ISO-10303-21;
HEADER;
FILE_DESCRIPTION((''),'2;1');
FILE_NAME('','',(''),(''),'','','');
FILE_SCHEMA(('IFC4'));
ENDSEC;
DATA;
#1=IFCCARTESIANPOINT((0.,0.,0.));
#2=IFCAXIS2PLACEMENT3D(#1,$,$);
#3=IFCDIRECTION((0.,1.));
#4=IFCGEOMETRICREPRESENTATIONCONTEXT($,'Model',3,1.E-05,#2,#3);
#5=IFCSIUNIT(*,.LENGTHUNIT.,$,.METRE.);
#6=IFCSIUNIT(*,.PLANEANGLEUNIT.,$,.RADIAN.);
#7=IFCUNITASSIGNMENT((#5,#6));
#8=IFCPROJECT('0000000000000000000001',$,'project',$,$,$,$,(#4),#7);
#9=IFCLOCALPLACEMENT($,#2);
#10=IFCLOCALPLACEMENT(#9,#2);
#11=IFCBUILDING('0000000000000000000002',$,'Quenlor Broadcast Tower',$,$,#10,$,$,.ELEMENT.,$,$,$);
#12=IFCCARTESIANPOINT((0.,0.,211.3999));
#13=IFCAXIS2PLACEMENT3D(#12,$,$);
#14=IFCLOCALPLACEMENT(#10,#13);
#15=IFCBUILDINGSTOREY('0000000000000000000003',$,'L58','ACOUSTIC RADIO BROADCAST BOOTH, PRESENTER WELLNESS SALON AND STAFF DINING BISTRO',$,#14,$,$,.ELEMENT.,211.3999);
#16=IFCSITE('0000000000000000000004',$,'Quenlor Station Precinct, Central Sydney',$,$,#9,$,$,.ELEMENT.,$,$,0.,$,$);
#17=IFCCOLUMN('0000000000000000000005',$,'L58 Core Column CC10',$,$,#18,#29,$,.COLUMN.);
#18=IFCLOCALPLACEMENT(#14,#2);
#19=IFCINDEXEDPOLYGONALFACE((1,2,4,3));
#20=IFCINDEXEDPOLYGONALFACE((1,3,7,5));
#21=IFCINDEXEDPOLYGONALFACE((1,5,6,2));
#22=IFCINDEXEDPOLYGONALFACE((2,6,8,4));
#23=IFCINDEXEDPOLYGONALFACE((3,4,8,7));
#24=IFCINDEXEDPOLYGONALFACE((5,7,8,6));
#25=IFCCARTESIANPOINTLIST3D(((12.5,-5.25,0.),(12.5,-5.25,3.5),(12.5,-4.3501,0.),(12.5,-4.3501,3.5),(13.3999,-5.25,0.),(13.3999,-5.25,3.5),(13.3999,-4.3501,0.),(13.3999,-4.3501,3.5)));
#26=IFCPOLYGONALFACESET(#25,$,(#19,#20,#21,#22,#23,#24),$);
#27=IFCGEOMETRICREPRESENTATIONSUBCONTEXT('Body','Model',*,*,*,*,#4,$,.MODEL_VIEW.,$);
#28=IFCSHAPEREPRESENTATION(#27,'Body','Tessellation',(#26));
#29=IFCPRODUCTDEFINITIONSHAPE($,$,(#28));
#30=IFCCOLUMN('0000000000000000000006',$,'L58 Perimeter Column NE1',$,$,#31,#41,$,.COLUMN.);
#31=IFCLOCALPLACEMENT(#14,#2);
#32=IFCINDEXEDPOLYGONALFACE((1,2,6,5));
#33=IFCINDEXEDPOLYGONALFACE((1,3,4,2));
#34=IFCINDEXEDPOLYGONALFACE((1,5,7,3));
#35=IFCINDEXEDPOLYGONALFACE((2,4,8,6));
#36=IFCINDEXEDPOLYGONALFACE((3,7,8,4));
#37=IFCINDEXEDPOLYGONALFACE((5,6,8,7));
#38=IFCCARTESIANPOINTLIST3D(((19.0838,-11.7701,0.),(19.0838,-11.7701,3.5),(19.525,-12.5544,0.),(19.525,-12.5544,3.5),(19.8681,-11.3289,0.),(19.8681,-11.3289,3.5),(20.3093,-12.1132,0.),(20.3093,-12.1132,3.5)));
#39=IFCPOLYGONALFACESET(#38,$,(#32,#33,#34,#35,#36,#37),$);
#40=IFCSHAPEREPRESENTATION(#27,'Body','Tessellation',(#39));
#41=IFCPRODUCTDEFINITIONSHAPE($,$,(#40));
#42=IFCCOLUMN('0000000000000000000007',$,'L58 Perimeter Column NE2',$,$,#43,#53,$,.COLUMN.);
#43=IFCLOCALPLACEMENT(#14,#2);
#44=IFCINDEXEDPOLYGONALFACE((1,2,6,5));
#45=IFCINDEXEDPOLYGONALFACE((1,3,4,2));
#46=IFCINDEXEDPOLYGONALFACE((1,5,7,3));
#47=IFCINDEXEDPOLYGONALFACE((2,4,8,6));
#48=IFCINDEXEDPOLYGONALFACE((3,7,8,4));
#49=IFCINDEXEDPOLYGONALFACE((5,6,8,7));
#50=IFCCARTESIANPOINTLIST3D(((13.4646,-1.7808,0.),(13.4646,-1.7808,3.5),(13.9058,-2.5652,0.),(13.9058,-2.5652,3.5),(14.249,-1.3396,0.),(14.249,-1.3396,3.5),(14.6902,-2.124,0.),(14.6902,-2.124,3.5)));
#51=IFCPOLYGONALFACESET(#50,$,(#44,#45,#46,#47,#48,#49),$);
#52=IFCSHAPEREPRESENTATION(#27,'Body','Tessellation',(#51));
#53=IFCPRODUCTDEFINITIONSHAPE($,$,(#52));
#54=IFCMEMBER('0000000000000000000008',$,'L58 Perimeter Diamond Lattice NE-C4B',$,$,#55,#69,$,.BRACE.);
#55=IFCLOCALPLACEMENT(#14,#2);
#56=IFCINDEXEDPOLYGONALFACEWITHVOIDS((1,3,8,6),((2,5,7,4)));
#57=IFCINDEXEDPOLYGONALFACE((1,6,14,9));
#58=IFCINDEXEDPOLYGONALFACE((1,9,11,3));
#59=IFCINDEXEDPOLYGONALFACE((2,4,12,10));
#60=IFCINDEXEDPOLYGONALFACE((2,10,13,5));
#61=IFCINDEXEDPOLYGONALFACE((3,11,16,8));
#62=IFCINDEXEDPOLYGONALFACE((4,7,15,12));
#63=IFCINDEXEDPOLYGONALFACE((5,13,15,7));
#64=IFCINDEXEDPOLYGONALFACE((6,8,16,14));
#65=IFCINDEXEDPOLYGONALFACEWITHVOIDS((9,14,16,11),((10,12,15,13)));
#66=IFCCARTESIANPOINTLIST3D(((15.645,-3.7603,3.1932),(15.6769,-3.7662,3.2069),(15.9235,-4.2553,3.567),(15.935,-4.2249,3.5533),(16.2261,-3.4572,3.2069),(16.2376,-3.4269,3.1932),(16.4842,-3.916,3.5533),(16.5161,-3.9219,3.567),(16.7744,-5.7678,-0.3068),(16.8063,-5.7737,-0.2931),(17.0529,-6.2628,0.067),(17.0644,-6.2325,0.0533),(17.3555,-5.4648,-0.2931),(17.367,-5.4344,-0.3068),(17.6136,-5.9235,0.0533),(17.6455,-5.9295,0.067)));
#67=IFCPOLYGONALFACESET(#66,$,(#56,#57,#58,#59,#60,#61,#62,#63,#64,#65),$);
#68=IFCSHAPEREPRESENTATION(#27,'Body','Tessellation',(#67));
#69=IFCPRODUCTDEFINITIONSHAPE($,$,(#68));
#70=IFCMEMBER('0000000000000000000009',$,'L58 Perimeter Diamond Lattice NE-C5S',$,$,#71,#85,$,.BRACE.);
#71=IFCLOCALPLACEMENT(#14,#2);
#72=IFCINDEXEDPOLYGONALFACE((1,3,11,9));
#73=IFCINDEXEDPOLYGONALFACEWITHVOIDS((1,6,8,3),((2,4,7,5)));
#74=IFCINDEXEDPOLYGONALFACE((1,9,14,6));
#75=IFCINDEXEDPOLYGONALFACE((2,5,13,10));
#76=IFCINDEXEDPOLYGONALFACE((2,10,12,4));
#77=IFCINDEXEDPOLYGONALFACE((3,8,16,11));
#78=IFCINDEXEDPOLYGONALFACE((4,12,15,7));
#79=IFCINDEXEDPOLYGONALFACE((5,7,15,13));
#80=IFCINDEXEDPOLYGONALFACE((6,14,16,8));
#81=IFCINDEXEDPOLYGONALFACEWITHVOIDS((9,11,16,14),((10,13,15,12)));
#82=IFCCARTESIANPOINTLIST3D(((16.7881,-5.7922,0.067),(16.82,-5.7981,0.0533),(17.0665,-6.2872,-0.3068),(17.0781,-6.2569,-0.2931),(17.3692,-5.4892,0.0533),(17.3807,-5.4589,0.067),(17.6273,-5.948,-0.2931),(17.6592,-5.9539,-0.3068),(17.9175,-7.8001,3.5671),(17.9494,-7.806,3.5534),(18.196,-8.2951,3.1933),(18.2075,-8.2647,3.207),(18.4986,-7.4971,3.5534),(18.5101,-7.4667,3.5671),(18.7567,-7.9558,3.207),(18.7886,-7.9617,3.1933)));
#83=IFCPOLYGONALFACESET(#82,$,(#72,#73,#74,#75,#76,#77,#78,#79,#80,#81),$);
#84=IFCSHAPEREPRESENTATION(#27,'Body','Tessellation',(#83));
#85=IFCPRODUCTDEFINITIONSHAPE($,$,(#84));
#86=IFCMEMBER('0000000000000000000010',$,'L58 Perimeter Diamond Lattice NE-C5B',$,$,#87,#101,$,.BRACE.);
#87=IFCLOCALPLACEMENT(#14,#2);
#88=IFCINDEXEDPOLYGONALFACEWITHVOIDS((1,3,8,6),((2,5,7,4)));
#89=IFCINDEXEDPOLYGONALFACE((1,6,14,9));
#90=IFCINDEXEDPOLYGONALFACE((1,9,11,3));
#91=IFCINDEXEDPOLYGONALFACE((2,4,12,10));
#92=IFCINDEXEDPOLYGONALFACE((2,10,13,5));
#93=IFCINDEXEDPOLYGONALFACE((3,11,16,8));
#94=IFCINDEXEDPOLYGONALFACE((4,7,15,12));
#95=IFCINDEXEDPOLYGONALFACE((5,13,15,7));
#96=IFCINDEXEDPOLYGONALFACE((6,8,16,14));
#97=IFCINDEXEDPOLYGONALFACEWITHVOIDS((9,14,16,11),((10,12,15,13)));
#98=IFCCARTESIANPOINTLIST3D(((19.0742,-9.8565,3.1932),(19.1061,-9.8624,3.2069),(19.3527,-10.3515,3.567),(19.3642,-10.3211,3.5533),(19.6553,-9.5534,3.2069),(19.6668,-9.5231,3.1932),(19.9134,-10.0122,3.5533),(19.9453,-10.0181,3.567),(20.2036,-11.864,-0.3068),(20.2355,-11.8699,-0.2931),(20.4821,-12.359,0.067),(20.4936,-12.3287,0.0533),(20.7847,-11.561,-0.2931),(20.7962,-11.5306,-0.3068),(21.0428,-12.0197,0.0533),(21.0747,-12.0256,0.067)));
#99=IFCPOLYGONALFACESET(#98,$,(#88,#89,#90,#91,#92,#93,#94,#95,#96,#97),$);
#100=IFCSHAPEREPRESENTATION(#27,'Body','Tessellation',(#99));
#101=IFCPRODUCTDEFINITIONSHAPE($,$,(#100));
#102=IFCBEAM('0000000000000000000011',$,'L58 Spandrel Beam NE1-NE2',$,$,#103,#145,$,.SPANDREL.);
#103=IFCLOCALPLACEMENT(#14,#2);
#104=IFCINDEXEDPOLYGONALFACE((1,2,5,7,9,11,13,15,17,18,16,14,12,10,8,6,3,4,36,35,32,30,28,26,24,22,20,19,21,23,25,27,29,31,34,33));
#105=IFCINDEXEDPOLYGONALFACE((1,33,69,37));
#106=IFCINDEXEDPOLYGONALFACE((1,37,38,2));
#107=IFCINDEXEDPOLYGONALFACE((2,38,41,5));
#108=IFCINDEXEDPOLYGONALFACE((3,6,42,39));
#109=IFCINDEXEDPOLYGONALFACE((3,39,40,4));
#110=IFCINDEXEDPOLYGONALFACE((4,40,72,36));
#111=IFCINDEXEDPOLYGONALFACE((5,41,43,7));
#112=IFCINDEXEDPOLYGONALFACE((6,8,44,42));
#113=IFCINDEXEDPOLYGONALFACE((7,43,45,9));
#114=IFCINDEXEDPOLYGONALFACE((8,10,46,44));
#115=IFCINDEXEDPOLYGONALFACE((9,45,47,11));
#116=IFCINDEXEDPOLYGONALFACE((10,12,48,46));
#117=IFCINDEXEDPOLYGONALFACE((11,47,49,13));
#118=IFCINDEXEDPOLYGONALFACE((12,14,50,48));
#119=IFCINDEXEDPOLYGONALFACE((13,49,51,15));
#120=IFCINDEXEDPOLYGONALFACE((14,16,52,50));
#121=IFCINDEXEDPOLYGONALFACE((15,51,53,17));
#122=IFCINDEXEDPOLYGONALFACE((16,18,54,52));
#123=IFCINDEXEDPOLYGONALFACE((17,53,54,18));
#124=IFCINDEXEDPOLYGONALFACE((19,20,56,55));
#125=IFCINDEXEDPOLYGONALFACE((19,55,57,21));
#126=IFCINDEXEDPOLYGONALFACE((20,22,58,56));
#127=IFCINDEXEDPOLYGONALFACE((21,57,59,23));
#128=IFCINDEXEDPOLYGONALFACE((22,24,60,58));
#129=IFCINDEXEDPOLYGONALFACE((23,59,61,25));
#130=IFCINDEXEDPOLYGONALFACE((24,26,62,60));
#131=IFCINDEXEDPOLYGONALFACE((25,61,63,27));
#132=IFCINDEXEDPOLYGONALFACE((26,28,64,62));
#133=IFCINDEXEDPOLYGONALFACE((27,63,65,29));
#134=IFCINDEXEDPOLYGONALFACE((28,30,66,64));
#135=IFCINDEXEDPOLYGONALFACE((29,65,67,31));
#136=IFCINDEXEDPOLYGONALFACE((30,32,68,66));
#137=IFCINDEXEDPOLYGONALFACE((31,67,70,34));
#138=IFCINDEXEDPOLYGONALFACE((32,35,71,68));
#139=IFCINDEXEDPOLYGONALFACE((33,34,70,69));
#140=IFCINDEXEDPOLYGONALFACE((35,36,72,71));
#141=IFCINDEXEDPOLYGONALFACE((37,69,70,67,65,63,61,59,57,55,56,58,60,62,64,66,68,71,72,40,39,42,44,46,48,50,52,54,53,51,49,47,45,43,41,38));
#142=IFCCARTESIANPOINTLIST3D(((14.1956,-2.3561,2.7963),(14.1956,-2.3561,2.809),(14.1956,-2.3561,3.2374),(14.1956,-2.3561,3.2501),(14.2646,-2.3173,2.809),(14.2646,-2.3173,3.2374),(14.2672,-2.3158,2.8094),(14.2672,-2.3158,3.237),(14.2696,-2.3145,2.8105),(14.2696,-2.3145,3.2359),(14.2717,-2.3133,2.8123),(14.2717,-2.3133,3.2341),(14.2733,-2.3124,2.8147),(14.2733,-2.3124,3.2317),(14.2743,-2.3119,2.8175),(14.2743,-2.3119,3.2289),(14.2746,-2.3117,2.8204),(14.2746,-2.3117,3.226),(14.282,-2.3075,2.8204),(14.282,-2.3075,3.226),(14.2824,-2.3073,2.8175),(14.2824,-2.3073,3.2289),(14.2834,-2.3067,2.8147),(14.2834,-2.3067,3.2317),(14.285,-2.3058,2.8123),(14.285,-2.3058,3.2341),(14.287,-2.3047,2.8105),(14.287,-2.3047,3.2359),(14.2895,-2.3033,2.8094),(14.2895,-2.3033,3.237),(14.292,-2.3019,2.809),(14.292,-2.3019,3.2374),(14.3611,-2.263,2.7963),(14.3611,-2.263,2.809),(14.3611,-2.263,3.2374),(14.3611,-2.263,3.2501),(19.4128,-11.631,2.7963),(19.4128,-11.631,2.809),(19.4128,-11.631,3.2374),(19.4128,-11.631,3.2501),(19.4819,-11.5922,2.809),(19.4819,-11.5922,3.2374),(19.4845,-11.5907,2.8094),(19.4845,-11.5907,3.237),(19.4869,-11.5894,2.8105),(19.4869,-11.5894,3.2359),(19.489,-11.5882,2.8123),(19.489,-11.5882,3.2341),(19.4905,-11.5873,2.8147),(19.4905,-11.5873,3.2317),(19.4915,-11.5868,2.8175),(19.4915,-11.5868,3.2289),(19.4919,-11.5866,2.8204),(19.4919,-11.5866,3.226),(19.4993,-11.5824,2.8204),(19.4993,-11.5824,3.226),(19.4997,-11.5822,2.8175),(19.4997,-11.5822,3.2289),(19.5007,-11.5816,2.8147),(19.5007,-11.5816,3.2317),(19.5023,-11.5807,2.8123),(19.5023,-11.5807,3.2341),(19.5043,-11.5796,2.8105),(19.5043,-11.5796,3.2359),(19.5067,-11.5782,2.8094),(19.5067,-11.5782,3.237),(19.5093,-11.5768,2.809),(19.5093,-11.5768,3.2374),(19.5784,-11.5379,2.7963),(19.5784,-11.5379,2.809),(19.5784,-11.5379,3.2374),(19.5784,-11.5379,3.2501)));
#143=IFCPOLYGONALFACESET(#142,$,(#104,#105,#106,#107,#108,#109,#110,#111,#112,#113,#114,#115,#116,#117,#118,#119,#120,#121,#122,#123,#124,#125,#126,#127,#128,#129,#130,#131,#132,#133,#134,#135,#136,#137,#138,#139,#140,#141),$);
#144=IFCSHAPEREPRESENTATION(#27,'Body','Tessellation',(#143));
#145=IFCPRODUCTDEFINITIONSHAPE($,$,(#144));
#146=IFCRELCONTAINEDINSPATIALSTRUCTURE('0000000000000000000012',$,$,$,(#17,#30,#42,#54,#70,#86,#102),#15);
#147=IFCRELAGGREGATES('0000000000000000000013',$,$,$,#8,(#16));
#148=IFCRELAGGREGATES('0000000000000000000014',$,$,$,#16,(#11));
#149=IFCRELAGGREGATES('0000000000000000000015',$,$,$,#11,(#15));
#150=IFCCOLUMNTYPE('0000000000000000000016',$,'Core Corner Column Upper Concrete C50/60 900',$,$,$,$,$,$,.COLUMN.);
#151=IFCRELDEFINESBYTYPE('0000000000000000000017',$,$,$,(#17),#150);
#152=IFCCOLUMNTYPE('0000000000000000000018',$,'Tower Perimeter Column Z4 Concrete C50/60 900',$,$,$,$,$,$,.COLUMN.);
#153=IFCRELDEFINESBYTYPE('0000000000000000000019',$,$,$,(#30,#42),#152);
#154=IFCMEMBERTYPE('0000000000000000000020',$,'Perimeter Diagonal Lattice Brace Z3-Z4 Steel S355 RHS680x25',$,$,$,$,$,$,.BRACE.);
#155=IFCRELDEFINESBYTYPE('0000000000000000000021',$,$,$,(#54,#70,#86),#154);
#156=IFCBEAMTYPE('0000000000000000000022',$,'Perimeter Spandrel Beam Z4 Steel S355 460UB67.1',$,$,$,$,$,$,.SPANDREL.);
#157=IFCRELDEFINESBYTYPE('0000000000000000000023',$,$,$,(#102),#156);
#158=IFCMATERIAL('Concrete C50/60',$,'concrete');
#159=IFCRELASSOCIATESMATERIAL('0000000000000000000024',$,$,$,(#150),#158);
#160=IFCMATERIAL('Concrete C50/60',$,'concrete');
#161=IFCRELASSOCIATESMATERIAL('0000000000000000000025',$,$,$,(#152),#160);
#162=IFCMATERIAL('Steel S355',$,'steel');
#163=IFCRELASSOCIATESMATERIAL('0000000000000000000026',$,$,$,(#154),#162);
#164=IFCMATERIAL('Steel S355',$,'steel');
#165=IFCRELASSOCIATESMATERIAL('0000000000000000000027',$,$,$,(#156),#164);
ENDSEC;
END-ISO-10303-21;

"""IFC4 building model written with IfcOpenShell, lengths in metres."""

from ifc_helpers import new_model, si_unit, direction, frame, origin, origin_2d, place, context, subcontext, project, spatial, rectangle, hollow_rectangle, i_section, extrude, material, material_profile, profile_set, type_object, element, save


model = new_model("IFC4")

# Units and contexts
model_context = context("Model", 3, precision=1e-05, world=origin(), true_north=direction((0.0, 1.0)))
body_context = subcontext(model_context, "Body", "Model", "MODEL_VIEW")
ifc_project = project(units=[si_unit("LENGTHUNIT", "METRE"), si_unit("PLANEANGLEUNIT", "RADIAN")], contexts=[model_context])

# Site, building, storey
site_placement = place(None, origin())
site = spatial("IfcSite", under=ifc_project, at=site_placement, Name="Quenlor Station Precinct, Central Sydney", CompositionType="ELEMENT", RefElevation=0.0)
building_placement = place(site_placement, origin())
building = spatial("IfcBuilding", under=site, at=building_placement, Name="Quenlor Broadcast Tower", CompositionType="ELEMENT")
storey_placement = place(building_placement, frame((0.0, 0.0, 211.3999)))
storey = spatial("IfcBuildingStorey", under=building, at=storey_placement, Name="L58", Description="ACOUSTIC RADIO BROADCAST BOOTH, PRESENTER WELLNESS SALON AND STAFF DINING BISTRO", CompositionType="ELEMENT", Elevation=211.3999)

# Columns
ifc_material_1 = material(Name="Concrete C50/60", Category="concrete")
ifc_material_profile_1 = material_profile(ifc_material_1, rectangle(XDim=0.8999, YDim=0.8999, at=origin_2d()))
ifc_profile_set_1 = profile_set([ifc_material_profile_1], Name="Concrete C50/60 RC900x900")
column_type_1 = type_object("IfcColumnType", Name="Core Corner Column Upper Concrete C50/60 900", PredefinedType="COLUMN", material=ifc_profile_set_1)
column_placement = place(storey_placement, frame((12.95, -4.8, 0.0), z_axis=(0.0, 0.0, 1.0), x_axis=(1.0, 0.0, 0.0)))
element("IfcColumn", 1, at=column_placement, inside=storey, type_object=column_type_1, Name="L58 Core Column CC10", PredefinedType="COLUMN", context=body_context, shape_type="SweptSolid", body=[
    extrude(rectangle(XDim=0.8999, YDim=0.8999, at=origin_2d()), origin(), (0.0, 0.0, 1.0), 3.5),
])
ifc_material_2 = material(Name="Concrete C50/60", Category="concrete")
ifc_material_profile_2 = material_profile(ifc_material_2, rectangle(XDim=0.8999, YDim=0.8999, at=origin_2d()))
ifc_profile_set_2 = profile_set([ifc_material_profile_2], Name="Concrete C50/60 RC900x900")
column_type_2 = type_object("IfcColumnType", Name="Tower Perimeter Column Z4 Concrete C50/60 900", PredefinedType="COLUMN", material=ifc_profile_set_2)
for number, where, z_axis, x_axis, name in (
    (2, (19.6965, -11.9417, 0.0), (0.0, 0.0, 1.0), (0.871575, 0.490262, 0.0), "L58 Perimeter Column NE1"),
    (3, (14.0774, -1.9524, 0.0), (0.0, 0.0, 1.0), (0.871575, 0.490262, 0.0), "L58 Perimeter Column NE2"),
):
    element("IfcColumn", number, at=place(storey_placement, frame(where, z_axis=z_axis, x_axis=x_axis)), inside=storey, type_object=column_type_2, Name=name, PredefinedType="COLUMN", context=body_context, shape_type="SweptSolid", body=[
        extrude(rectangle(XDim=0.8999, YDim=0.8999, at=origin_2d()), origin(), (0.0, 0.0, 1.0), 3.5),
    ])

# Members
ifc_material_3 = material(Name="Steel S355", Category="steel")
ifc_material_profile_3 = material_profile(ifc_material_3, hollow_rectangle(XDim=0.6799, YDim=0.6799, WallThickness=0.0249, at=origin_2d()))
ifc_profile_set_3 = profile_set([ifc_material_profile_3], Name="Steel S355 RHS680x680x25")
member_type = type_object("IfcMemberType", Name="Perimeter Diagonal Lattice Brace Z3-Z4 Steel S355 RHS680x25", PredefinedType="BRACE", material=ifc_profile_set_3)
member_1_placement = place(storey_placement, frame((17.21, -5.8486, -0.1199), z_axis=(-0.269547, 0.479136, 0.835328), x_axis=(-0.87155, -0.490307, 0.0)))
element("IfcMember", 4, at=member_1_placement, inside=storey, type_object=member_type, Name="L58 Perimeter Diamond Lattice NE-C4B", PredefinedType="BRACE", context=body_context, shape_type="SweptSolid", body=[
    extrude(hollow_rectangle(XDim=0.6799, YDim=0.6799, WallThickness=0.0249, at=origin_2d()), origin(), (0.0, 0.0, 1.0), 4.1899),
])
member_2_placement = place(storey_placement, frame((17.2236, -5.873, -0.1199), z_axis=(0.26954, -0.479181, 0.835305), x_axis=(0.871576, 0.490261, 0.0)))
element("IfcMember", 5, at=member_2_placement, inside=storey, type_object=member_type, Name="L58 Perimeter Diamond Lattice NE-C5S", PredefinedType="BRACE", context=body_context, shape_type="SweptSolid", body=[
    extrude(hollow_rectangle(XDim=0.6799, YDim=0.6799, WallThickness=0.0249, at=origin_2d()), origin(), (0.0, 0.0, 1.0), 4.1902),
])
member_3_placement = place(storey_placement, frame((20.6392, -11.9448, -0.1199), z_axis=(-0.269547, 0.479136, 0.835328), x_axis=(-0.87155, -0.490307, 0.0)))
element("IfcMember", 6, at=member_3_placement, inside=storey, type_object=member_type, Name="L58 Perimeter Diamond Lattice NE-C5B", PredefinedType="BRACE", context=body_context, shape_type="SweptSolid", body=[
    extrude(hollow_rectangle(XDim=0.6799, YDim=0.6799, WallThickness=0.0249, at=origin_2d()), origin(), (0.0, 0.0, 1.0), 4.1899),
])

# Beam
ifc_material_4 = material(Name="Steel S355", Category="steel")
ifc_material_profile_4 = material_profile(ifc_material_4, i_section(OverallWidth=0.1899, OverallDepth=0.4539, WebThickness=0.0085, FlangeThickness=0.0127, FilletRadius=0.0115, at=origin_2d()))
ifc_profile_set_4 = profile_set([ifc_material_profile_4], Name="Steel S355 460UB67.1")
beam_type_1 = type_object("IfcBeamType", Name="Perimeter Spandrel Beam Z4 Steel S355 460UB67.1", PredefinedType="SPANDREL", material=ifc_profile_set_4)
beam_1_placement = place(storey_placement, frame((19.4956, -11.5845, 3.0232), z_axis=(-0.490272, 0.871569, 0.0), x_axis=(-0.871569, -0.490272, 0.0)))
element("IfcBeam", 7, at=beam_1_placement, inside=storey, type_object=beam_type_1, Name="L58 Spandrel Beam NE1-NE2", PredefinedType="SPANDREL", context=body_context, shape_type="SweptSolid", body=[
    extrude(i_section(OverallWidth=0.1899, OverallDepth=0.4539, WebThickness=0.0085, FlangeThickness=0.0127, FilletRadius=0.0115, at=origin_2d()), origin(), (0.0, 0.0, 1.0), 10.6416),
])

save(model, "model.ifc")
